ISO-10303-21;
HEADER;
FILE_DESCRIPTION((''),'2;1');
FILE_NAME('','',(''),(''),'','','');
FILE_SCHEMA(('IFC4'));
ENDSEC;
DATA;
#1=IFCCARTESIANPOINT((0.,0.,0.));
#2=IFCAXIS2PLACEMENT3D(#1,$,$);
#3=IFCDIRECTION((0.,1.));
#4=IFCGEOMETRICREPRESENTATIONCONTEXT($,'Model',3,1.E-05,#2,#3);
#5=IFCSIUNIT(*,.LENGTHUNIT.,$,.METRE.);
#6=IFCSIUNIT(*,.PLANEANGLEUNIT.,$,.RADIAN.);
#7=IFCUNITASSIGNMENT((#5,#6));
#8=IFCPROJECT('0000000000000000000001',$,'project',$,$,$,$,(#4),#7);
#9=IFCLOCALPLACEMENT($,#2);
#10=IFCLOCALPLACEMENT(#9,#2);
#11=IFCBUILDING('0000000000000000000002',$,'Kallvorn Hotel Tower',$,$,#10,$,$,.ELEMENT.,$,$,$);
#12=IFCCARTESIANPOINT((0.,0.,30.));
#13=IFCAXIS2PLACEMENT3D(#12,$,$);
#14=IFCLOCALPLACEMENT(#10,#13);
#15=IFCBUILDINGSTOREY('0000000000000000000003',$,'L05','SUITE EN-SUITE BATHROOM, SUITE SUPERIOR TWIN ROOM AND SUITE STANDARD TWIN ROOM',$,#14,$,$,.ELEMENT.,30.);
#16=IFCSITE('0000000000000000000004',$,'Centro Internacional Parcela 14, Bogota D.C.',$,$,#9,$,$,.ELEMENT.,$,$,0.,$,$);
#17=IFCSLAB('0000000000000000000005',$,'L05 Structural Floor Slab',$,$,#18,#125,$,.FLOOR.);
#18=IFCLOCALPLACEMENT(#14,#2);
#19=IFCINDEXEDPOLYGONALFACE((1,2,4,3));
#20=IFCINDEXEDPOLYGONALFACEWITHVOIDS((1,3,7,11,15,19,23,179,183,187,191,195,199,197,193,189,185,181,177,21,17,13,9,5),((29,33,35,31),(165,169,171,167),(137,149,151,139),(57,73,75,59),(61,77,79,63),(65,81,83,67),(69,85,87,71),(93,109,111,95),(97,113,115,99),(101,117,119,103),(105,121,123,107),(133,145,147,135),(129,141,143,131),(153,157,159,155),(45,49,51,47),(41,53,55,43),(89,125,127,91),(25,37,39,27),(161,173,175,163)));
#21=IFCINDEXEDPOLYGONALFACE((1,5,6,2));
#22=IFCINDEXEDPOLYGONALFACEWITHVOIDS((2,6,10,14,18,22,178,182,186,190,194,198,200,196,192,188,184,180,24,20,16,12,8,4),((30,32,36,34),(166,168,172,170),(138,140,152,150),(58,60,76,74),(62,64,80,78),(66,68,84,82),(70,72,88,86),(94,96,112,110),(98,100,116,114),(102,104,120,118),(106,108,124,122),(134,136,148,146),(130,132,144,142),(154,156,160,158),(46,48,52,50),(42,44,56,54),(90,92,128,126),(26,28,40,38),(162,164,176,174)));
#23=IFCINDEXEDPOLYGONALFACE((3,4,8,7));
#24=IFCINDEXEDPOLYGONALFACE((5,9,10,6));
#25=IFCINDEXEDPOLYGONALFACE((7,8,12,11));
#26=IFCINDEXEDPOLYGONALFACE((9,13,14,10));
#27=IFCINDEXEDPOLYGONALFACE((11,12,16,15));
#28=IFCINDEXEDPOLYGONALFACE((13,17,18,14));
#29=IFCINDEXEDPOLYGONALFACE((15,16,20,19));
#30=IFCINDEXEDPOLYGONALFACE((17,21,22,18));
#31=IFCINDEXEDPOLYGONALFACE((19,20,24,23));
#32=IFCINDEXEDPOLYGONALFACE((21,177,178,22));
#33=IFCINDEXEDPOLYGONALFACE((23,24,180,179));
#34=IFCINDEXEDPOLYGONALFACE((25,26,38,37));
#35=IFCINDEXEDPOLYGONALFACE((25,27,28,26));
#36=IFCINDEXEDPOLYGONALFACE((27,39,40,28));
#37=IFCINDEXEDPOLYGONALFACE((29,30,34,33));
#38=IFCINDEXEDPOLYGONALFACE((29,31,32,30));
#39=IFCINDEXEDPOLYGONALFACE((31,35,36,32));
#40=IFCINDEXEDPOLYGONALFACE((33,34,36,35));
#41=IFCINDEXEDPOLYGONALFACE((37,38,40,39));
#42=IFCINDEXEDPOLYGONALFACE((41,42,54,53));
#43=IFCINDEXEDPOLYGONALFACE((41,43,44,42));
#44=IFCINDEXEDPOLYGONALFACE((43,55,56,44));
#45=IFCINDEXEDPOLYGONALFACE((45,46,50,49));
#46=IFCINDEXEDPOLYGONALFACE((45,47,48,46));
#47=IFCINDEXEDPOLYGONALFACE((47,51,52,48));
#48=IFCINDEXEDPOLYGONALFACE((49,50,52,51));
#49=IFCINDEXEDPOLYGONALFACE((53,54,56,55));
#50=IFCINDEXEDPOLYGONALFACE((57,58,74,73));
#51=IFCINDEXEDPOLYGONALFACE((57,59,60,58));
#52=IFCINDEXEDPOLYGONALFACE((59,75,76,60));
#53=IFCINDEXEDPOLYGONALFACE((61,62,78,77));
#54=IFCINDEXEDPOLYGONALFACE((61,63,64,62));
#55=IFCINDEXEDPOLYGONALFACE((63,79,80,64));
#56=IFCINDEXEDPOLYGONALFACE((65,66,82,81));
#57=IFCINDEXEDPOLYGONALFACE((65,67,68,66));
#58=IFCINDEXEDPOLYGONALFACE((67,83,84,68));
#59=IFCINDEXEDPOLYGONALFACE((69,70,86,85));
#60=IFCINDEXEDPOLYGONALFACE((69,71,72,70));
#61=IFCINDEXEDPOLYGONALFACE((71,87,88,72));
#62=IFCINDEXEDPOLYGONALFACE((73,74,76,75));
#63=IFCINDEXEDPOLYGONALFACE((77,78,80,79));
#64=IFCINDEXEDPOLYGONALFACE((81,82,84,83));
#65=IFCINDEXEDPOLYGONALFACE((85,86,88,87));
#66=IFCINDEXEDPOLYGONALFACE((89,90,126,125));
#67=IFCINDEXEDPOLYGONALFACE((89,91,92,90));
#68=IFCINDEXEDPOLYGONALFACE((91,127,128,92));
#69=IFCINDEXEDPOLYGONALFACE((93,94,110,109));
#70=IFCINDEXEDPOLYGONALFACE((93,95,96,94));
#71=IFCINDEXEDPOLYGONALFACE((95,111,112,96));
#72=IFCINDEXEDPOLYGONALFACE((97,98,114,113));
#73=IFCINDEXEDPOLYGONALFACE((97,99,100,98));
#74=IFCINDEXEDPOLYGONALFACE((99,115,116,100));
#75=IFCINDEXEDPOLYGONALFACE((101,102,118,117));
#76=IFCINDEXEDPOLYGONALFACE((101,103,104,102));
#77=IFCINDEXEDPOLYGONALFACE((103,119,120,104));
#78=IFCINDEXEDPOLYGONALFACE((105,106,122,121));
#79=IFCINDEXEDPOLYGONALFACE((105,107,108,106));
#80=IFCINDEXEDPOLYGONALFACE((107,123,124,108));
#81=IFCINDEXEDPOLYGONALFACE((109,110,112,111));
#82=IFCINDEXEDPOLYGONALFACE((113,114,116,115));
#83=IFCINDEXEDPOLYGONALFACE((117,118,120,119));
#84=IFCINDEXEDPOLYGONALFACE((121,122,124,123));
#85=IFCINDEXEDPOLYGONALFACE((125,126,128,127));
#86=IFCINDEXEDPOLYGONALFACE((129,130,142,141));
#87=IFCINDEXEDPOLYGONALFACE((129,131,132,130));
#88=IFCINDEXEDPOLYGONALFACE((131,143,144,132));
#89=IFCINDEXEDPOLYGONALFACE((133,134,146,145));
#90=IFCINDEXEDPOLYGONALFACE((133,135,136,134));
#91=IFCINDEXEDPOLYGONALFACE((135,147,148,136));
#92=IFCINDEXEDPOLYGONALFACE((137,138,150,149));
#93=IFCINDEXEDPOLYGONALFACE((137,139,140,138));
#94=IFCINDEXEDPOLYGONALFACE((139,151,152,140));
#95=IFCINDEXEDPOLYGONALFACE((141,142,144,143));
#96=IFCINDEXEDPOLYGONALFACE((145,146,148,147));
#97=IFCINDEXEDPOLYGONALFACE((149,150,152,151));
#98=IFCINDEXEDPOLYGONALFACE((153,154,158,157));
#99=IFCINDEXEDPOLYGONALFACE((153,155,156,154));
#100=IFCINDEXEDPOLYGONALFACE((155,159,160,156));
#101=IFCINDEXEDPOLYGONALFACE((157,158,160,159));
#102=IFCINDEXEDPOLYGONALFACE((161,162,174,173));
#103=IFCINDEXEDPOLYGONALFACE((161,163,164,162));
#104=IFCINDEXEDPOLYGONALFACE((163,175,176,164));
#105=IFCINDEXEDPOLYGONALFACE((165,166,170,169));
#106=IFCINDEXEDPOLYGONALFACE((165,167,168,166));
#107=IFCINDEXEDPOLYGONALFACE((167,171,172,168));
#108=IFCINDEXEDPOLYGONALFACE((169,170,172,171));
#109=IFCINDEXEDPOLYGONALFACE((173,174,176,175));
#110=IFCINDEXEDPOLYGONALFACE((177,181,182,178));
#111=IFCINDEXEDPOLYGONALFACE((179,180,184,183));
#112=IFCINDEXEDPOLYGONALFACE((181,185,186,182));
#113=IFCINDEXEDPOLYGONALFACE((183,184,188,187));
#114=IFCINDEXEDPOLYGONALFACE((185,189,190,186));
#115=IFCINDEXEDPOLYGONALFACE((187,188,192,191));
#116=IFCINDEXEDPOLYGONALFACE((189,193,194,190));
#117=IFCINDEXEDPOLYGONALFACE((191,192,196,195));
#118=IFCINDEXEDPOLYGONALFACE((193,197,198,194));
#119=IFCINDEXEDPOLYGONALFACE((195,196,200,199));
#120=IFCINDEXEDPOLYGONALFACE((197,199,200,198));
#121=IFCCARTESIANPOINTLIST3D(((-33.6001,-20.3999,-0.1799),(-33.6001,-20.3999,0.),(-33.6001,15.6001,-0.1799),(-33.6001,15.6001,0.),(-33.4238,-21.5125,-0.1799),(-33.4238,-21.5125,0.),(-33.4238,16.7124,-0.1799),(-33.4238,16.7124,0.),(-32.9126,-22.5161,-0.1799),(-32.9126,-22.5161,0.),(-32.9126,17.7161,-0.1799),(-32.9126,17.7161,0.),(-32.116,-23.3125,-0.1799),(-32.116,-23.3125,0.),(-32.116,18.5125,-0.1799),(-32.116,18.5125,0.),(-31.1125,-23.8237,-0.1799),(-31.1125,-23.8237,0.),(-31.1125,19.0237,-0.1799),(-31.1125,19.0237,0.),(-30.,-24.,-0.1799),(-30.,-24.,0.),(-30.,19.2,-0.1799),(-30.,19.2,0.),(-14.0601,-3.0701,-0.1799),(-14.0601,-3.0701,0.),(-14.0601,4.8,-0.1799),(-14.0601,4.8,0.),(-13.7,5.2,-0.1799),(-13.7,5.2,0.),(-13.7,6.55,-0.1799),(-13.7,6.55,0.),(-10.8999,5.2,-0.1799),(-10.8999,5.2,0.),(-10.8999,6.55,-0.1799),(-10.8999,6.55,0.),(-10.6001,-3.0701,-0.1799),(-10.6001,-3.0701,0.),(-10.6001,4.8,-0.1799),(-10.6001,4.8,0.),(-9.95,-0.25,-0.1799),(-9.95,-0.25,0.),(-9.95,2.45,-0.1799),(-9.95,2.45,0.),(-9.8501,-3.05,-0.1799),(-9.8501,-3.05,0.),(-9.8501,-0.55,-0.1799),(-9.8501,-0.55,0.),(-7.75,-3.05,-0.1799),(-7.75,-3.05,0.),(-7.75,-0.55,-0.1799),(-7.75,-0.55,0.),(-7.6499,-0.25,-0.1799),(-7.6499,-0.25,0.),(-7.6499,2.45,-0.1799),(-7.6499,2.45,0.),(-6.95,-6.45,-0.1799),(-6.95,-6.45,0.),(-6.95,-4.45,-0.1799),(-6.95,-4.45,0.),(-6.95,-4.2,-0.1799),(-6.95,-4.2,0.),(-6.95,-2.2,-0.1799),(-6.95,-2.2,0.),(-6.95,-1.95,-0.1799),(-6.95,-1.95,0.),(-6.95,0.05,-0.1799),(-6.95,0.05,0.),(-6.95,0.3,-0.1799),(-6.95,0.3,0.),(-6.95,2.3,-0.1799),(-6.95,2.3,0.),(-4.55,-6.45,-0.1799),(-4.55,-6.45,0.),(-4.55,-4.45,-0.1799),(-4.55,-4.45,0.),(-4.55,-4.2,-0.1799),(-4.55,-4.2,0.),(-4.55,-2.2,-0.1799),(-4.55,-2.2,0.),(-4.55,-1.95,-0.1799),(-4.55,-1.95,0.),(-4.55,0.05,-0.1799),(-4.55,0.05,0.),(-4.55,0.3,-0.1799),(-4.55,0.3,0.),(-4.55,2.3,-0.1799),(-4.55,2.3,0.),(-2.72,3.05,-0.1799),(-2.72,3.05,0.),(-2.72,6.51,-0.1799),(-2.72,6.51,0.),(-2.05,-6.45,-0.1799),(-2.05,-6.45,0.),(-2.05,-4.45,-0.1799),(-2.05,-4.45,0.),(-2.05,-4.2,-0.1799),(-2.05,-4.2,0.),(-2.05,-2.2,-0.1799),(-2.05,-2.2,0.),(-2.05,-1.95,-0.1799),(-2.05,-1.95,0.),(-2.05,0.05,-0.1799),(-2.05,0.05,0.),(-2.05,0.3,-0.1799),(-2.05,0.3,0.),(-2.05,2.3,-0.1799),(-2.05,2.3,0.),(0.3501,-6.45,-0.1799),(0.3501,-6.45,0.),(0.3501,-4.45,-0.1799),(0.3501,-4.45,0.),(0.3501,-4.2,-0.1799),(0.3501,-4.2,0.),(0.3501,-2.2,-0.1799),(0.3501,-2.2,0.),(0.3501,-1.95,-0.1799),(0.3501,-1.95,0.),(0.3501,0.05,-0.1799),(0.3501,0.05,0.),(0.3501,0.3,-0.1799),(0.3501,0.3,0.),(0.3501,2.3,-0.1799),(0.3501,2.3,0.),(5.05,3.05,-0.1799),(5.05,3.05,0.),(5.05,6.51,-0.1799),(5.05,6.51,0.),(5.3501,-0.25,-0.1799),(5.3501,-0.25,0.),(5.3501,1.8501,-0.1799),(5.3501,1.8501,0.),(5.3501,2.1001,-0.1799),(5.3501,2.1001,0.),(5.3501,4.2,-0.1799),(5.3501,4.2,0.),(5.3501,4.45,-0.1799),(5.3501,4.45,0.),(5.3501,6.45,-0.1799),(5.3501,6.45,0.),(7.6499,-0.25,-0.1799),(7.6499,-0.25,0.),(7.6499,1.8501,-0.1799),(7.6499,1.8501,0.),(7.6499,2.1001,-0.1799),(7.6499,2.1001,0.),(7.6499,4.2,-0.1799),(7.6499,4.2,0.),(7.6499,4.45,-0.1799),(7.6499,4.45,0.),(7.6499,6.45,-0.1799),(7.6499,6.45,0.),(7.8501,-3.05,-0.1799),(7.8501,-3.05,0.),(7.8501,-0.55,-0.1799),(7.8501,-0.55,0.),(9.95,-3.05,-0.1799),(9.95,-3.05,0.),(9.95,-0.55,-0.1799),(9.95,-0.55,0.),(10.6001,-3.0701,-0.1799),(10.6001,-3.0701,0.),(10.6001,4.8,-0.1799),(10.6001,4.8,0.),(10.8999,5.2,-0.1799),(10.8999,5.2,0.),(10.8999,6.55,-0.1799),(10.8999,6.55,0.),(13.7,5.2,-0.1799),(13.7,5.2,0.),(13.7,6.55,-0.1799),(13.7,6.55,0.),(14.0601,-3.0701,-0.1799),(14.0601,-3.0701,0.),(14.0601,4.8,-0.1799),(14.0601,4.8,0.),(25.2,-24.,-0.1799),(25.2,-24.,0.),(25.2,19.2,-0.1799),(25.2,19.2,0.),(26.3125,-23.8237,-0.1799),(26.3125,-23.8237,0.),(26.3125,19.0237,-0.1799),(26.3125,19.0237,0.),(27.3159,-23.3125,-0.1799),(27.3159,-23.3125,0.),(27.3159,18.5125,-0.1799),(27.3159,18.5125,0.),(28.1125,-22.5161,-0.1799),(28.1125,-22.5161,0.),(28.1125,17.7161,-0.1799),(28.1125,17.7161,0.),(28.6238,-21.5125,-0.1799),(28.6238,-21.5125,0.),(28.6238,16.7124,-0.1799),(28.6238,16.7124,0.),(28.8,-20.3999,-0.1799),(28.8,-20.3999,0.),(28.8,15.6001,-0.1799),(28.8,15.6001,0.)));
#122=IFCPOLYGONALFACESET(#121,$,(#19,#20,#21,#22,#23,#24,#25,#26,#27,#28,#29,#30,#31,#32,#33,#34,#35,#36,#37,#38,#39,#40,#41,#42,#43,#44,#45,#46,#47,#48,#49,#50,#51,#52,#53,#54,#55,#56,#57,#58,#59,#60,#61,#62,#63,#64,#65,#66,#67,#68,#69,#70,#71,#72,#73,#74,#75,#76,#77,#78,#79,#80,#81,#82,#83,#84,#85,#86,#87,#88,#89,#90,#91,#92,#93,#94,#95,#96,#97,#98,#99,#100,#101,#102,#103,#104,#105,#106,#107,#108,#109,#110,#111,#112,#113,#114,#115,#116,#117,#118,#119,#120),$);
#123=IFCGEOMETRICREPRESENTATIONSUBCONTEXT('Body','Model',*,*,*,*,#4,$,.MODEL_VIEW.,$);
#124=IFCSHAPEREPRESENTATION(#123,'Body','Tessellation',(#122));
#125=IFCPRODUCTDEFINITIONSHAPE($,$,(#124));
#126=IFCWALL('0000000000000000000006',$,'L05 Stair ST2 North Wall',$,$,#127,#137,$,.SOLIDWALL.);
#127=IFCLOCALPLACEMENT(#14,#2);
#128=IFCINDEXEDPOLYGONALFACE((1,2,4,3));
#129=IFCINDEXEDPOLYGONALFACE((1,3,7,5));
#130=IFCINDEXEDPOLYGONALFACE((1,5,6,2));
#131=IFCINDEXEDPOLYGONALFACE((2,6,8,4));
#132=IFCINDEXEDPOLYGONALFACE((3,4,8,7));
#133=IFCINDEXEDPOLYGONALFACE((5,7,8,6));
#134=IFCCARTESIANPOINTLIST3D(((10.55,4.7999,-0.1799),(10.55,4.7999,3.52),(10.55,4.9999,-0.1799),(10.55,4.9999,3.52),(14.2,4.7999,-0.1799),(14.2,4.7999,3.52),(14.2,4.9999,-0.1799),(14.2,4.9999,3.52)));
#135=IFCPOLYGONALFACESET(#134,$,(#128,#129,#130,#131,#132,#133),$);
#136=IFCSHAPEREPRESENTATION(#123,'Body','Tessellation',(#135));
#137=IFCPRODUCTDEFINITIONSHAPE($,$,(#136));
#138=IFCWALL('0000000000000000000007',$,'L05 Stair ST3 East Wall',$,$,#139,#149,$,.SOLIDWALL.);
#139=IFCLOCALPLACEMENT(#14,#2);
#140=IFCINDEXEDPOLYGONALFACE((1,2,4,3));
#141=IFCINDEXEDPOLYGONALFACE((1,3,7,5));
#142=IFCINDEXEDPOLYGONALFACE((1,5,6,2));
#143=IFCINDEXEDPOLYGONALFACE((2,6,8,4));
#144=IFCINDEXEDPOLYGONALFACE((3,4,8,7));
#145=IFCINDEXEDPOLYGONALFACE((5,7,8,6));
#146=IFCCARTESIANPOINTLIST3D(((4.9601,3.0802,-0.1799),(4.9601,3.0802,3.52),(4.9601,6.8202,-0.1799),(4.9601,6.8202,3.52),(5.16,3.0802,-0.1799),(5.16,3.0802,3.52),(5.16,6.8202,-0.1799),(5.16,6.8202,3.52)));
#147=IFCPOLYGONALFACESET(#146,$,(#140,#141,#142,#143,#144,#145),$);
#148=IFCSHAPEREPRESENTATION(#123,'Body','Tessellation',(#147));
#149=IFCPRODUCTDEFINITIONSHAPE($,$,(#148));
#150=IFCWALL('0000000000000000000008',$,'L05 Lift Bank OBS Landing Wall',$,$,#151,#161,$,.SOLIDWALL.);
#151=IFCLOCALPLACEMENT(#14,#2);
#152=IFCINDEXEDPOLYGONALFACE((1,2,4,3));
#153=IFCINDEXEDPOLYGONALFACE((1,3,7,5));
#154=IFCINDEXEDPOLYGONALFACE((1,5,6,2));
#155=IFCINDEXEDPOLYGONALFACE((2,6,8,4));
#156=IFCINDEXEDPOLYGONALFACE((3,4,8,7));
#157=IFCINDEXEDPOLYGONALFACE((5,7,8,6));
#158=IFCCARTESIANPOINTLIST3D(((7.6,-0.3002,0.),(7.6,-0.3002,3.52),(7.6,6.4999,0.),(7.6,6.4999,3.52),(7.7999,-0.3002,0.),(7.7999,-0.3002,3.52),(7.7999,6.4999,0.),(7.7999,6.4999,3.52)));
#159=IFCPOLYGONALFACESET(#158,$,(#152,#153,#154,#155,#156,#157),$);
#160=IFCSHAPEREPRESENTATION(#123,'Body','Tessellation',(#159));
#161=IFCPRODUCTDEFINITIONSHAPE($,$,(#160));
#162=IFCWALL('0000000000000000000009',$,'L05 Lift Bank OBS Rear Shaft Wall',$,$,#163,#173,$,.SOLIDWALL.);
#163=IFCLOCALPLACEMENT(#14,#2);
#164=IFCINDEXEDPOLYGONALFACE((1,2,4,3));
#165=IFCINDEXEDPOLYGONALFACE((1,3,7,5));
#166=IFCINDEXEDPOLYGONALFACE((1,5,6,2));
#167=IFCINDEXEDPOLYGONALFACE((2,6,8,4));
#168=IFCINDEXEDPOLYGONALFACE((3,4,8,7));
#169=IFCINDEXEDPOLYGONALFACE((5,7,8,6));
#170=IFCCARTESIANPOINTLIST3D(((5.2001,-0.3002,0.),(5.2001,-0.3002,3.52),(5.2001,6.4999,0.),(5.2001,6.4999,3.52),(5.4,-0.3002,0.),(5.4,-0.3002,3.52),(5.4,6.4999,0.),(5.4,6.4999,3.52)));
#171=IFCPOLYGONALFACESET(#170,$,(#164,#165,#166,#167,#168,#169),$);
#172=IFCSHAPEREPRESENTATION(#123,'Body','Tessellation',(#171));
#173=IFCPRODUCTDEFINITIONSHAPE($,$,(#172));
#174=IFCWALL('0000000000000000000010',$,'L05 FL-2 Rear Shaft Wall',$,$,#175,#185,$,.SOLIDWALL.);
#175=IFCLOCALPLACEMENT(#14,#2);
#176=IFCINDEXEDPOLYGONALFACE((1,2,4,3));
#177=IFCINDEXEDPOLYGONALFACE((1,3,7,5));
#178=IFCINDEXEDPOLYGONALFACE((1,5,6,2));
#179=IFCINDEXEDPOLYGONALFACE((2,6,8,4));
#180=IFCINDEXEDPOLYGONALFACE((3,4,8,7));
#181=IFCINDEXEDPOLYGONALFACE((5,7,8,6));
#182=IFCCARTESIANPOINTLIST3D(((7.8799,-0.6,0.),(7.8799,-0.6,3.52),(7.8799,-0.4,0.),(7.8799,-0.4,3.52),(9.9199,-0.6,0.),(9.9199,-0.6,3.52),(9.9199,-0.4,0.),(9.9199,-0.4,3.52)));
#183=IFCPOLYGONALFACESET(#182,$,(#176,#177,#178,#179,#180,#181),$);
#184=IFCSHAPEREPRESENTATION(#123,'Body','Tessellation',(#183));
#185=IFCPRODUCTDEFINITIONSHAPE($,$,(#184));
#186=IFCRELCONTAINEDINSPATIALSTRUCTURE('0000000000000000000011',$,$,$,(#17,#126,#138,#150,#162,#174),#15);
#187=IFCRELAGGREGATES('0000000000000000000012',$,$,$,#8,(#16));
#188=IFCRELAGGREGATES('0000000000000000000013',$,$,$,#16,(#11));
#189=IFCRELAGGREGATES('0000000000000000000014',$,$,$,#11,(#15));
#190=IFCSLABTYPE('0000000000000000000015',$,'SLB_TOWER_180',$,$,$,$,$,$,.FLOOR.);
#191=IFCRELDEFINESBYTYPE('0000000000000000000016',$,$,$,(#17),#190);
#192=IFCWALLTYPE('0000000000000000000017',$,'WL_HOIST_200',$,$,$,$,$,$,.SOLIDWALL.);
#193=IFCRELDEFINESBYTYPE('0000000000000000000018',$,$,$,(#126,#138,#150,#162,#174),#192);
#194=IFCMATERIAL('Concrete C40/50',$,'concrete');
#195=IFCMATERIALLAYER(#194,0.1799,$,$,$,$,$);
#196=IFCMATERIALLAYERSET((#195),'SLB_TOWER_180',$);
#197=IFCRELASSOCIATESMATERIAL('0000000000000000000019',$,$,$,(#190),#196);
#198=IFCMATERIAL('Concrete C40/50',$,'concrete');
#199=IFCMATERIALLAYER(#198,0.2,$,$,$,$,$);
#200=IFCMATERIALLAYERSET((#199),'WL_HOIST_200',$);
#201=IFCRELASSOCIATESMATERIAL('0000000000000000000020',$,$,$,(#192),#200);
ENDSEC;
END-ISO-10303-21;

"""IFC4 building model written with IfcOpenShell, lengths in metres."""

from ifc_helpers import new_model, si_unit, direction, frame, frame_2d, origin, place, context, subcontext, project, spatial, polyline, rectangle, outline, extrude, material, layer, layer_set, type_object, element, save


model = new_model("IFC4")

# Units and contexts
model_context = context("Model", 3, precision=1e-05, world=origin(), true_north=direction((0.0, 1.0)))
body_context = subcontext(model_context, "Body", "Model", "MODEL_VIEW")
ifc_project = project(units=[si_unit("LENGTHUNIT", "METRE"), si_unit("PLANEANGLEUNIT", "RADIAN")], contexts=[model_context])

# Site, building, storey
site_placement = place(None, origin())
site = spatial("IfcSite", under=ifc_project, at=site_placement, Name="Centro Internacional Parcela 14, Bogota D.C.", CompositionType="ELEMENT", RefElevation=0.0)
building_placement = place(site_placement, origin())
building = spatial("IfcBuilding", under=site, at=building_placement, Name="Kallvorn Hotel Tower", CompositionType="ELEMENT")
storey_placement = place(building_placement, frame((0.0, 0.0, 30.0)))
storey = spatial("IfcBuildingStorey", under=building, at=storey_placement, Name="L05", Description="SUITE EN-SUITE BATHROOM, SUITE SUPERIOR TWIN ROOM AND SUITE STANDARD TWIN ROOM", CompositionType="ELEMENT", Elevation=30.0)

# Slab
ifc_material_1 = material(Name="Concrete C40/50", Category="concrete")
ifc_layer_1 = layer(ifc_material_1, 0.1799)
ifc_layer_set_1 = layer_set([ifc_layer_1], Name="SLB_TOWER_180")
slab_type_1 = type_object("IfcSlabType", Name="SLB_TOWER_180", PredefinedType="FLOOR", material=ifc_layer_set_1)
slab_1_placement = place(storey_placement, frame((0.0, 0.0, -0.1799)))
element("IfcSlab", 1, at=slab_1_placement, inside=storey, type_object=slab_type_1, Name="L05 Structural Floor Slab", PredefinedType="FLOOR", context=body_context, shape_type="SweptSolid", body=[
    extrude(outline(polyline([(25.2, -24.0), (26.3125, -23.8237), (27.3159, -23.3125), (28.1125, -22.5161), (28.6238, -21.5125), (28.8, -20.3999), (28.8, 15.6001), (28.6238, 16.7124), (28.1125, 17.7161), (27.3159, 18.5125), (26.3125, 19.0237), (25.2, 19.2), (-30.0, 19.2), (-31.1125, 19.0237), (-32.116, 18.5125), (-32.9126, 17.7161), (-33.4238, 16.7124), (-33.6001, 15.6001), (-33.6001, -20.3999), (-33.4238, -21.5125), (-32.9126, -22.5161), (-32.116, -23.3125), (-31.1125, -23.8237), (-30.0, -24.0), (25.2, -24.0)]), holes=[polyline([(-10.6001, -3.0701), (-10.6001, 4.8), (-14.0601, 4.8), (-14.0601, -3.0701), (-10.6001, -3.0701)]), polyline([(14.0601, -3.0701), (14.0601, 4.8), (10.6001, 4.8), (10.6001, -3.0701), (14.0601, -3.0701)]), polyline([(-2.72, 3.05), (5.05, 3.05), (5.05, 6.51), (-2.72, 6.51), (-2.72, 3.05)]), polyline([(-6.95, -6.45), (-4.55, -6.45), (-4.55, -4.45), (-6.95, -4.45), (-6.95, -6.45)]), polyline([(-6.95, -4.2), (-4.55, -4.2), (-4.55, -2.2), (-6.95, -2.2), (-6.95, -4.2)]), polyline([(-6.95, -1.95), (-4.55, -1.95), (-4.55, 0.05), (-6.95, 0.05), (-6.95, -1.95)]), polyline([(-6.95, 0.3), (-4.55, 0.3), (-4.55, 2.3), (-6.95, 2.3), (-6.95, 0.3)]), polyline([(-2.05, -6.45), (0.3501, -6.45), (0.3501, -4.45), (-2.05, -4.45), (-2.05, -6.45)]), polyline([(-2.05, -4.2), (0.3501, -4.2), (0.3501, -2.2), (-2.05, -2.2), (-2.05, -4.2)]), polyline([(-2.05, -1.95), (0.3501, -1.95), (0.3501, 0.05), (-2.05, 0.05), (-2.05, -1.95)]), polyline([(-2.05, 0.3), (0.3501, 0.3), (0.3501, 2.3), (-2.05, 2.3), (-2.05, 0.3)]), polyline([(5.3501, -0.25), (7.6499, -0.25), (7.6499, 1.8501), (5.3501, 1.8501), (5.3501, -0.25)]), polyline([(5.3501, 2.1001), (7.6499, 2.1001), (7.6499, 4.2), (5.3501, 4.2), (5.3501, 2.1001)]), polyline([(5.3501, 4.45), (7.6499, 4.45), (7.6499, 6.45), (5.3501, 6.45), (5.3501, 4.45)]), polyline([(-9.8501, -3.05), (-7.75, -3.05), (-7.75, -0.55), (-9.8501, -0.55), (-9.8501, -3.05)]), polyline([(7.8501, -3.05), (9.95, -3.05), (9.95, -0.55), (7.8501, -0.55), (7.8501, -3.05)]), polyline([(-9.95, -0.25), (-7.6499, -0.25), (-7.6499, 2.45), (-9.95, 2.45), (-9.95, -0.25)]), polyline([(-13.7, 5.2), (-10.8999, 5.2), (-10.8999, 6.55), (-13.7, 6.55), (-13.7, 5.2)]), polyline([(10.8999, 5.2), (13.7, 5.2), (13.7, 6.55), (10.8999, 6.55), (10.8999, 5.2)])]), origin(), (0.0, 0.0, 1.0), 0.1799),
])

# Walls
ifc_material_2 = material(Name="Concrete C40/50", Category="concrete")
ifc_layer_2 = layer(ifc_material_2, 0.2)
ifc_layer_set_2 = layer_set([ifc_layer_2], Name="WL_HOIST_200")
wall_type_1 = type_object("IfcWallType", Name="WL_HOIST_200", PredefinedType="SOLIDWALL", material=ifc_layer_set_2)
wall_1_placement = place(storey_placement, frame((10.55, 4.8999, -0.1799), z_axis=(0.0, 0.0, 1.0), x_axis=(1.0, 0.0, 0.0)))
element("IfcWall", 2, at=wall_1_placement, inside=storey, type_object=wall_type_1, Name="L05 Stair ST2 North Wall", PredefinedType="SOLIDWALL", context=body_context, shape_type="SweptSolid", body=[
    extrude(rectangle(XDim=3.6499, YDim=0.2, at=frame_2d((1.825, 0.0))), origin(), (0.0, 0.0, 1.0), 3.7),
])
wall_2_placement = place(storey_placement, frame((5.0601, 3.0801, -0.1799), z_axis=(0.0, 0.0, 1.0), x_axis=(0.0, 1.0, 0.0)))
element("IfcWall", 3, at=wall_2_placement, inside=storey, type_object=wall_type_1, Name="L05 Stair ST3 East Wall", PredefinedType="SOLIDWALL", context=body_context, shape_type="SweptSolid", body=[
    extrude(rectangle(XDim=3.74, YDim=0.2, at=frame_2d((1.8701, 0.0))), origin(), (0.0, 0.0, 1.0), 3.7),
])
for number, where, z_axis, x_axis, name in (
    (4, (7.7, -0.3, 0.0), (0.0, 0.0, 1.0), (0.0, 1.0, 0.0), "L05 Lift Bank OBS Landing Wall"),
    (5, (5.3, -0.3, 0.0), (0.0, 0.0, 1.0), (0.0, 1.0, 0.0), "L05 Lift Bank OBS Rear Shaft Wall"),
):
    element("IfcWall", number, at=place(storey_placement, frame(where, z_axis=z_axis, x_axis=x_axis)), inside=storey, type_object=wall_type_1, Name=name, PredefinedType="SOLIDWALL", context=body_context, shape_type="SweptSolid", body=[
        extrude(rectangle(XDim=6.8, YDim=0.2, at=frame_2d((3.3999, 0.0))), origin(), (0.0, 0.0, 1.0), 3.52),
    ])
wall_3_placement = place(storey_placement, frame((7.8799, -0.5, 0.0), z_axis=(0.0, 0.0, 1.0), x_axis=(1.0, 0.0, 0.0)))
element("IfcWall", 6, at=wall_3_placement, inside=storey, type_object=wall_type_1, Name="L05 FL-2 Rear Shaft Wall", PredefinedType="SOLIDWALL", context=body_context, shape_type="SweptSolid", body=[
    extrude(rectangle(XDim=2.04, YDim=0.2, at=frame_2d((1.02, 0.0))), origin(), (0.0, 0.0, 1.0), 3.52),
])

save(model, "model.ifc")
